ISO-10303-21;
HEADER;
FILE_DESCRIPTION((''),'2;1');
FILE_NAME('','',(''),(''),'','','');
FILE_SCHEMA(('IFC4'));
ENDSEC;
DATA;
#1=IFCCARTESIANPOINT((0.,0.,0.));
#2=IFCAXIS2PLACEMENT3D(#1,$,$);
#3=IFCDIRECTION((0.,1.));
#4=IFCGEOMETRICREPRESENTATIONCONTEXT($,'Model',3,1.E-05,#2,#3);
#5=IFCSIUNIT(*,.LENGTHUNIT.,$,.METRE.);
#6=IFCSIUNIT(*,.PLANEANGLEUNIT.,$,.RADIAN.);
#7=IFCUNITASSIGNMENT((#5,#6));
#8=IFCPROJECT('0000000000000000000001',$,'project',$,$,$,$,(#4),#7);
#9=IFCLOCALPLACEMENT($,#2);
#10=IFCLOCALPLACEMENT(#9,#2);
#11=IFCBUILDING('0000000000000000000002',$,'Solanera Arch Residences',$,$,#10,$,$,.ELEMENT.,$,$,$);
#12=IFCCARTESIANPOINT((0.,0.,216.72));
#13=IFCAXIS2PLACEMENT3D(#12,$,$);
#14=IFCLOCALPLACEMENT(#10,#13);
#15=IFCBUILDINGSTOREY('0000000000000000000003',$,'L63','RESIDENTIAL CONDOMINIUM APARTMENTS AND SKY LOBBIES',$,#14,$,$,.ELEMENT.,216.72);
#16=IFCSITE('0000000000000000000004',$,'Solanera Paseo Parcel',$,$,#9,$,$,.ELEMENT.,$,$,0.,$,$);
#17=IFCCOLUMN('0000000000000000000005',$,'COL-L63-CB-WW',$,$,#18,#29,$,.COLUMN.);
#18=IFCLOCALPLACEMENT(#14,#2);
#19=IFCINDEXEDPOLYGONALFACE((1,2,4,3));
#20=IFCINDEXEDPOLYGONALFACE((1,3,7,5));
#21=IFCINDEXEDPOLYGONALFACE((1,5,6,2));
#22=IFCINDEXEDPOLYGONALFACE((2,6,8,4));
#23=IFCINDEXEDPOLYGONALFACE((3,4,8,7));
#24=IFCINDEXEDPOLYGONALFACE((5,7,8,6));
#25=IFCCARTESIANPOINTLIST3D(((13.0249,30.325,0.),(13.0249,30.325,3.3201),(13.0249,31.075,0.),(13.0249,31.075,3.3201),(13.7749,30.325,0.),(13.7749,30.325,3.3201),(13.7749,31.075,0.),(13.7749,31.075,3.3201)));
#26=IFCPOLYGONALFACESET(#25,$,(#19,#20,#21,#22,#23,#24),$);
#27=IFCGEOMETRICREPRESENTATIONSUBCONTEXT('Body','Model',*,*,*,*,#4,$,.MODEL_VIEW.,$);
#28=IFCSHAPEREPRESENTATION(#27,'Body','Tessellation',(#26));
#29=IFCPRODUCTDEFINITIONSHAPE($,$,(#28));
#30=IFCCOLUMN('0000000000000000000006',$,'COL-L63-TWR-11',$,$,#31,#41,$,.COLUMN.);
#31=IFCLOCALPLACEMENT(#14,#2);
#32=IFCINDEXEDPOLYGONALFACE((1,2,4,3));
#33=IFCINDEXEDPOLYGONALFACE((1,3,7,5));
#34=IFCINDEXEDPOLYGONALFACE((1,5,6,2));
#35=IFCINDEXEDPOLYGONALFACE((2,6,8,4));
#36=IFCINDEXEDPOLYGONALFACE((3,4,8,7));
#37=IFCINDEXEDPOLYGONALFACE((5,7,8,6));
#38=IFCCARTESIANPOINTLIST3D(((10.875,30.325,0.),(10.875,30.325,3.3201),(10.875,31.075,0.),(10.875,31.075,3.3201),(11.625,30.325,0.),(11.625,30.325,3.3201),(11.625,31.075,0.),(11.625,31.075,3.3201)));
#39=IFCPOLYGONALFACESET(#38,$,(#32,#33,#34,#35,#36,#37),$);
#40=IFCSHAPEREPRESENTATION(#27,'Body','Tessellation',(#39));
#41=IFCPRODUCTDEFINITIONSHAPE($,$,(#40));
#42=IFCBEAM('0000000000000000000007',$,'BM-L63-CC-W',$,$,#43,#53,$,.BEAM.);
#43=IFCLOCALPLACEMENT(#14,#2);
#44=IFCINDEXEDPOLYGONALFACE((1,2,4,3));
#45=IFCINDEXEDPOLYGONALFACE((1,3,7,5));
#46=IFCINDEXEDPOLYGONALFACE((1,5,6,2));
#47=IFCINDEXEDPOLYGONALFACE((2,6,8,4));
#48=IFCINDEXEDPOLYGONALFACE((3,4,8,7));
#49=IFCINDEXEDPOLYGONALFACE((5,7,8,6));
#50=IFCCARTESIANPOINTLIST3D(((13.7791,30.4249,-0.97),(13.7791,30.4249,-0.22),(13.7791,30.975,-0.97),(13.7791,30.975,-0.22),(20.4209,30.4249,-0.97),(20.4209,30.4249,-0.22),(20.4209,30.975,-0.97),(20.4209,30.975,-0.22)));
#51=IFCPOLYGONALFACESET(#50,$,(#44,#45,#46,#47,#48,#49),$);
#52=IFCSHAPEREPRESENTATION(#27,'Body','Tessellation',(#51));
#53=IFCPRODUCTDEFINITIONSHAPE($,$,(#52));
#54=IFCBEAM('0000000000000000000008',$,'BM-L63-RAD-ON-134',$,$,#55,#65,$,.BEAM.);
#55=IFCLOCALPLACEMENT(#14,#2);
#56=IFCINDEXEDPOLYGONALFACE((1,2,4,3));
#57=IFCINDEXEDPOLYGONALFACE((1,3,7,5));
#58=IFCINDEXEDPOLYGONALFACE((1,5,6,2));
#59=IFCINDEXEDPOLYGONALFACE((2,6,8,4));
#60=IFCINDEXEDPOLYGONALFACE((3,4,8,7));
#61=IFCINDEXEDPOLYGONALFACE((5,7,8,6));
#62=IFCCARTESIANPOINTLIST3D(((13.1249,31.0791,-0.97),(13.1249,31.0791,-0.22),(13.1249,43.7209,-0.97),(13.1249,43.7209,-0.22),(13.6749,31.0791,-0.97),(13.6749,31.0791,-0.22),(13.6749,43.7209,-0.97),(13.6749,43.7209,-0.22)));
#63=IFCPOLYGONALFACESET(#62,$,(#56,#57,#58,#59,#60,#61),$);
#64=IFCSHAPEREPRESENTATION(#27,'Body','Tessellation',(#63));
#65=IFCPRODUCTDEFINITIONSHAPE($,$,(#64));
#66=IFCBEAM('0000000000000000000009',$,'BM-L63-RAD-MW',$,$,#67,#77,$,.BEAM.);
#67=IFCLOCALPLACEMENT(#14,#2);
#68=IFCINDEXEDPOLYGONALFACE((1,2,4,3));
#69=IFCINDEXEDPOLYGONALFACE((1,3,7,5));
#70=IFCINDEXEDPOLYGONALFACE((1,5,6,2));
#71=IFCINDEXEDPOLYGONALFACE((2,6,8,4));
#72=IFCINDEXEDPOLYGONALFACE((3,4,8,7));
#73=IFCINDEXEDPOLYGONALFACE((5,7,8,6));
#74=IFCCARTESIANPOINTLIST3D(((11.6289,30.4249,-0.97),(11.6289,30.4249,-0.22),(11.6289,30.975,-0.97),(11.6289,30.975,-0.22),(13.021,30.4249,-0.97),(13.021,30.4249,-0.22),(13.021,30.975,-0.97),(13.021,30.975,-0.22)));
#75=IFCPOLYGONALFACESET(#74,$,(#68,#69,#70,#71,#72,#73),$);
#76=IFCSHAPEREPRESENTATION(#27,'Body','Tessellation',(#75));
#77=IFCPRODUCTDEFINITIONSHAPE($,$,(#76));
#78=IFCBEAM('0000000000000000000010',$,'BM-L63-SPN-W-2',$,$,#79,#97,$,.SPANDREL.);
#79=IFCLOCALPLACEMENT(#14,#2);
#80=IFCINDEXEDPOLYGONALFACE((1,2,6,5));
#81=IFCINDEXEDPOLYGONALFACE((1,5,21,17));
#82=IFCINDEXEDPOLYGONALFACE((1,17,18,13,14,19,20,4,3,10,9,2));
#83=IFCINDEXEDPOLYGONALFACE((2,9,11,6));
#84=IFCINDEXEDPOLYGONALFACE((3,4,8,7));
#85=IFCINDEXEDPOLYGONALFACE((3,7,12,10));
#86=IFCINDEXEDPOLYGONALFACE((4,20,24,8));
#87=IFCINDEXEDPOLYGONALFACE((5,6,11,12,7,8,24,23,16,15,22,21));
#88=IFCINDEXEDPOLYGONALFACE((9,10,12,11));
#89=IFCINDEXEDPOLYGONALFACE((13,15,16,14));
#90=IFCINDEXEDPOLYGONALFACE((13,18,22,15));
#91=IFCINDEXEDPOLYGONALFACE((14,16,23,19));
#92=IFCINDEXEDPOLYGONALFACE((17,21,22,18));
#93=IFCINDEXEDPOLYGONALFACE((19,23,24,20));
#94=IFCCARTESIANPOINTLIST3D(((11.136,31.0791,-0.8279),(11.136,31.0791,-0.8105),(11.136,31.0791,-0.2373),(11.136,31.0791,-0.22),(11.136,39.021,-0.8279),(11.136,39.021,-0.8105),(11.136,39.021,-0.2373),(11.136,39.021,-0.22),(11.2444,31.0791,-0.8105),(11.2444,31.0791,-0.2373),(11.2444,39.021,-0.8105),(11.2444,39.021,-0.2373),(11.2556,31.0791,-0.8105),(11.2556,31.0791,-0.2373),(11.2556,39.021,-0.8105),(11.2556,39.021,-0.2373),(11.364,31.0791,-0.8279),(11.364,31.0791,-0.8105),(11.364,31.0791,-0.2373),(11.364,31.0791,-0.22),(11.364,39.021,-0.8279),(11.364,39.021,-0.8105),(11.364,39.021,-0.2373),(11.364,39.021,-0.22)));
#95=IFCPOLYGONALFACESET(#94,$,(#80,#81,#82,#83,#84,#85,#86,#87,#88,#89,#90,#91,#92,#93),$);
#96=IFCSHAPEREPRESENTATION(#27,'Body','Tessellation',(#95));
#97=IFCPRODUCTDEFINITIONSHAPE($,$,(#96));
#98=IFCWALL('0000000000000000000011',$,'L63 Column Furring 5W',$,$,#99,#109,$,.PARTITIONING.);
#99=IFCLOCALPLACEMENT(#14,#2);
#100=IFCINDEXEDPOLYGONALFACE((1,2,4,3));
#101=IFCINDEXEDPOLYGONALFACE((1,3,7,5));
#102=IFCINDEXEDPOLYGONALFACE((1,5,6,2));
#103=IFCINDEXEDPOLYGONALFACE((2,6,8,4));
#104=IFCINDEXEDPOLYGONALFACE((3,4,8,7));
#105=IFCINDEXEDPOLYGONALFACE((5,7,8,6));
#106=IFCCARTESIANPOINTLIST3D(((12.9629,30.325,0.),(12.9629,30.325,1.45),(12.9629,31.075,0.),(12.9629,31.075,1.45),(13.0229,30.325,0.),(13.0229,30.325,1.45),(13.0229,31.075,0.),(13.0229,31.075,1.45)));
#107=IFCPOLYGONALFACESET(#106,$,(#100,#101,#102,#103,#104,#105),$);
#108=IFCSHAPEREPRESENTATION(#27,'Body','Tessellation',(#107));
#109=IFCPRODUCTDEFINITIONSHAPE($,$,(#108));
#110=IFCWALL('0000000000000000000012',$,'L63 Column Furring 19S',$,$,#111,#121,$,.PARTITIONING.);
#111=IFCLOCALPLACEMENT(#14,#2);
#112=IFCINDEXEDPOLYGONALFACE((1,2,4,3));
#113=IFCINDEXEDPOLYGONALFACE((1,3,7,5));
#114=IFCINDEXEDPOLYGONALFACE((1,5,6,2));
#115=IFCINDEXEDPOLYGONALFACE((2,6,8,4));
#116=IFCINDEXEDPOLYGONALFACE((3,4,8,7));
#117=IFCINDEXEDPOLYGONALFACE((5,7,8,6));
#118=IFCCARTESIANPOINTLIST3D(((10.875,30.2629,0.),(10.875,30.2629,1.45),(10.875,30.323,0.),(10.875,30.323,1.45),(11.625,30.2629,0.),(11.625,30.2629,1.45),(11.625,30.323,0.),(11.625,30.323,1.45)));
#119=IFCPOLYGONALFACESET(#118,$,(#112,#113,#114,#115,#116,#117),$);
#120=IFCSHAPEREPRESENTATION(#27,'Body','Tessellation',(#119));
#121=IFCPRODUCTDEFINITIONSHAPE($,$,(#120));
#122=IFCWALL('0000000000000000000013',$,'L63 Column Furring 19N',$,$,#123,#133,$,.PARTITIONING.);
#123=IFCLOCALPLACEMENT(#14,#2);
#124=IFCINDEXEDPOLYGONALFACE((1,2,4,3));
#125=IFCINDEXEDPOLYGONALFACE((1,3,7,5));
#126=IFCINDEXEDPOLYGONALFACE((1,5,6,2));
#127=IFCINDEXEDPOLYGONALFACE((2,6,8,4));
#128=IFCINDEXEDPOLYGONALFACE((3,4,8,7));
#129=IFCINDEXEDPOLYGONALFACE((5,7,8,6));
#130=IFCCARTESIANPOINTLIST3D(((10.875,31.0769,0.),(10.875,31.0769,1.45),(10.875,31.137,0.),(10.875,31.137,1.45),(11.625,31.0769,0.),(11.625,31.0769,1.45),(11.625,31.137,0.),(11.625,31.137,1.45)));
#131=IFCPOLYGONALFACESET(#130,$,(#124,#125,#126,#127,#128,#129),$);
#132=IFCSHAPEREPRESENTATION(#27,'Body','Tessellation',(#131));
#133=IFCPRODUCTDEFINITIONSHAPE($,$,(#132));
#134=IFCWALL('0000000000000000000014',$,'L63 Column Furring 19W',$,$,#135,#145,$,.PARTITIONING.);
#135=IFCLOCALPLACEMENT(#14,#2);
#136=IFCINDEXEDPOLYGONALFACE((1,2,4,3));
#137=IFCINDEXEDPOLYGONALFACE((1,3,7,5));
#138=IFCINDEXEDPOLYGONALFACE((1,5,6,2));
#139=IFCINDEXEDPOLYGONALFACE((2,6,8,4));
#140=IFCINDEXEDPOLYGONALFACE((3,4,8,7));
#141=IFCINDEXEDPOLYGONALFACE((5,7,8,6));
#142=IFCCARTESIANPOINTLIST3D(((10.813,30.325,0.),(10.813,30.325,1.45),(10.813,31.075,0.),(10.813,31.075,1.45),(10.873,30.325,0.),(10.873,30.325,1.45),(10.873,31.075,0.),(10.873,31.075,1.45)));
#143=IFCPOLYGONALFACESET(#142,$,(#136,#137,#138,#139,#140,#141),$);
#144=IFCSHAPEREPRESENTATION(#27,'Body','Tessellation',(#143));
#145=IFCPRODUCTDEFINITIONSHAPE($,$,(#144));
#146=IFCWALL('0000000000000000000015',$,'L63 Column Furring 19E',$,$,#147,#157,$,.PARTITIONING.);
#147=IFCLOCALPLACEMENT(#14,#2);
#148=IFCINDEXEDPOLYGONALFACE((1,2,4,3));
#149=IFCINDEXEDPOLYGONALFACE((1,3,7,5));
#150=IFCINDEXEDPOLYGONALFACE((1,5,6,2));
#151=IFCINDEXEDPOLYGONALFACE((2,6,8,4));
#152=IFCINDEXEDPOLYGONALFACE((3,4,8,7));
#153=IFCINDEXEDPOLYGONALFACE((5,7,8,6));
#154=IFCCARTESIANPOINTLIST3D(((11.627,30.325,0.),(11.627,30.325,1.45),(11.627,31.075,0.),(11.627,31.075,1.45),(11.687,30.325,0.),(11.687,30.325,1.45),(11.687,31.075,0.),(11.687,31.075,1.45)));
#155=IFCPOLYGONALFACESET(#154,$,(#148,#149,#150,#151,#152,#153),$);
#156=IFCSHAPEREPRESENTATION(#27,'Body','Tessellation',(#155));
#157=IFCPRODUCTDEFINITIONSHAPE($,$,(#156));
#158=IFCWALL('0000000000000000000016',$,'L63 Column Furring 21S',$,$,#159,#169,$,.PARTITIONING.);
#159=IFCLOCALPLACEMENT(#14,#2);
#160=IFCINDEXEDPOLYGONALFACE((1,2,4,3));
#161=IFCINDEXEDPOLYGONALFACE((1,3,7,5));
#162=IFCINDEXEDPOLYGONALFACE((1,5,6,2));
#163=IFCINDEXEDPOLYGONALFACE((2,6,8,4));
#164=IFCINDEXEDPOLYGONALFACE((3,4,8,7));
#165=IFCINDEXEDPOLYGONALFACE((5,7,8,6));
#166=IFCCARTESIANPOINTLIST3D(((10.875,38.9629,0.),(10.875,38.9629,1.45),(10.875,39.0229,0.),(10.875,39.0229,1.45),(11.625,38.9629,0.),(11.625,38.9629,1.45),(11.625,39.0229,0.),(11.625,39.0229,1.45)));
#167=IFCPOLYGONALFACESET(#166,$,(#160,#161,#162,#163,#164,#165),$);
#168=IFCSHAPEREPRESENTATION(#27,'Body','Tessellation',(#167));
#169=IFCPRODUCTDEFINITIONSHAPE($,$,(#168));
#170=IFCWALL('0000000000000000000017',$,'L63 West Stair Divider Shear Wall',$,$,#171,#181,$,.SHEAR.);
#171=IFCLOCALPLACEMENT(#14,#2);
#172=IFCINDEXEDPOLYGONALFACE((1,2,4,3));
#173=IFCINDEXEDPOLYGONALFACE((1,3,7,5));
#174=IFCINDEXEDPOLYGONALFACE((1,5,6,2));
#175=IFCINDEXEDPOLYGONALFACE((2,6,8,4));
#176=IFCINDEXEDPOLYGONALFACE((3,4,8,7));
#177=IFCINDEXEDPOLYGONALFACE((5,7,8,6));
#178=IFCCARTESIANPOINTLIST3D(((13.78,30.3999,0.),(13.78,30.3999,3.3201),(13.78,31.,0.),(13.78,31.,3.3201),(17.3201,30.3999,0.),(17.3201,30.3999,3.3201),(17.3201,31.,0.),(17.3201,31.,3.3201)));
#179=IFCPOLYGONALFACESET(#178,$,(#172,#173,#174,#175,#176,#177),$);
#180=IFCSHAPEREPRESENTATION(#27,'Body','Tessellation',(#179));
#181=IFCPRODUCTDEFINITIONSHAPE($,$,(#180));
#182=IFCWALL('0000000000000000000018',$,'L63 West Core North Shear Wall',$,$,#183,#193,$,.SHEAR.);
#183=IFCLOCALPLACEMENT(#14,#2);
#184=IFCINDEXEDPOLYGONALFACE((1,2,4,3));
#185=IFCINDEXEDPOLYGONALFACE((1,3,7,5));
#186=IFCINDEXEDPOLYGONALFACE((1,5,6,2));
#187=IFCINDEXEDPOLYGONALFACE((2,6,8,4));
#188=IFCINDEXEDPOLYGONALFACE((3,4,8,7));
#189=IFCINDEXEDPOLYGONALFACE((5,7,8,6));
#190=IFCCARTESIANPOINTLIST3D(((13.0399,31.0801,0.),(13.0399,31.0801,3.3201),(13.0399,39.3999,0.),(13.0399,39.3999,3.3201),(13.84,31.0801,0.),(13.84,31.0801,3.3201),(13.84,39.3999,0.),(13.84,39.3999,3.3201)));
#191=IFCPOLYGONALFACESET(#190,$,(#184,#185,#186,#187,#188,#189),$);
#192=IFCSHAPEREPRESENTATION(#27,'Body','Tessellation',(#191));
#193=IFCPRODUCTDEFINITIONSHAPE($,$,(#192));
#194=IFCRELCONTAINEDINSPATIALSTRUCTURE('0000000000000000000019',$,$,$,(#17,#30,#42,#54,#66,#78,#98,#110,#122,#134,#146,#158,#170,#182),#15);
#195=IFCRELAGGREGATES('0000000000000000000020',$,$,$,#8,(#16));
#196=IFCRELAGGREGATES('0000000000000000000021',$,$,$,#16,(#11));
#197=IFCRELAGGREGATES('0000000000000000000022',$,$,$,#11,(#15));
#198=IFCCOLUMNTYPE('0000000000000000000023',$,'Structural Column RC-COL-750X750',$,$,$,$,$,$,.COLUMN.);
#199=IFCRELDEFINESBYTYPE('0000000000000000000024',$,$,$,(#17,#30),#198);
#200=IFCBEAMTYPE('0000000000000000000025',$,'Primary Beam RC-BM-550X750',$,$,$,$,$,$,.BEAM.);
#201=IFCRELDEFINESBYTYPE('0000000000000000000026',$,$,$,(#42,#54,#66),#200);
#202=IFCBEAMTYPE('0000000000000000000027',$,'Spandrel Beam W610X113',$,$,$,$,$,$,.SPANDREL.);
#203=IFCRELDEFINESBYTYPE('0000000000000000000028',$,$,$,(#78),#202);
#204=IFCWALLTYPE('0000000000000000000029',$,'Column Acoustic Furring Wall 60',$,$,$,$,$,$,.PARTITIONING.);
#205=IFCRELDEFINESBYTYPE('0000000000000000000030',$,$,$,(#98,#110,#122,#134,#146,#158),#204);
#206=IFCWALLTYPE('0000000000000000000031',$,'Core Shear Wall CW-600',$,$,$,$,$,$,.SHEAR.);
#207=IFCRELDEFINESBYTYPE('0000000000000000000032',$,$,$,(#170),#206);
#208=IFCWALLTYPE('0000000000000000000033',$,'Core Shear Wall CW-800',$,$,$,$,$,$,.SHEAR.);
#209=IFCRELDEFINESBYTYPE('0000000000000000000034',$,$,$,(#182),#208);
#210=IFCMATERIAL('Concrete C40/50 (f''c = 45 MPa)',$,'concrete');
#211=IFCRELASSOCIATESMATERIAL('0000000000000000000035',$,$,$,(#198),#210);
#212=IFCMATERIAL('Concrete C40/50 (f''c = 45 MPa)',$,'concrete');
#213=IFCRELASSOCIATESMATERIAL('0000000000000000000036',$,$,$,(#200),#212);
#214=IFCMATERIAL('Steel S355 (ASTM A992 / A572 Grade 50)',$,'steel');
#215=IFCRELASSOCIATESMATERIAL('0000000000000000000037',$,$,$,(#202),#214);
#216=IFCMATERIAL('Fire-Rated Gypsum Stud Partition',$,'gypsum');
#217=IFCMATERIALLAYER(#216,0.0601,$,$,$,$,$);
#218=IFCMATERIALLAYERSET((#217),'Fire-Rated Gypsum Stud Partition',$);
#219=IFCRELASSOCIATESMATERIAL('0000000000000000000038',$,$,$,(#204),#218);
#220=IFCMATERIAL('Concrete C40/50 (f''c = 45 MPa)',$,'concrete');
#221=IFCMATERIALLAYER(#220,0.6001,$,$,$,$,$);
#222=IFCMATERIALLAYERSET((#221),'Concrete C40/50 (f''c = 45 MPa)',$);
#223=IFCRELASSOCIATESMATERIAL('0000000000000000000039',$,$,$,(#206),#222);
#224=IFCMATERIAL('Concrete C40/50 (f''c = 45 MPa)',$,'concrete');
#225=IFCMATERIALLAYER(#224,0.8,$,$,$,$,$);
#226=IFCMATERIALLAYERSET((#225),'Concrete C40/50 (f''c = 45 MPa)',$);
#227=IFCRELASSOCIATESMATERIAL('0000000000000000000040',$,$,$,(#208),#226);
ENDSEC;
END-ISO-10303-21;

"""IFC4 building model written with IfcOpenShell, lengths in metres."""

from ifc_helpers import new_model, si_unit, direction, frame, frame_2d, origin, origin_2d, place, context, subcontext, project, spatial, rectangle, i_section, extrude, material, layer, layer_set, material_profile, profile_set, type_object, element, save


model = new_model("IFC4")

# Units and contexts
model_context = context("Model", 3, precision=1e-05, world=origin(), true_north=direction((0.0, 1.0)))
body_context = subcontext(model_context, "Body", "Model", "MODEL_VIEW")
ifc_project = project(units=[si_unit("LENGTHUNIT", "METRE"), si_unit("PLANEANGLEUNIT", "RADIAN")], contexts=[model_context])

# Site, building, storey
site_placement = place(None, origin())
site = spatial("IfcSite", under=ifc_project, at=site_placement, Name="Solanera Paseo Parcel", CompositionType="ELEMENT", RefElevation=0.0)
building_placement = place(site_placement, origin())
building = spatial("IfcBuilding", under=site, at=building_placement, Name="Solanera Arch Residences", CompositionType="ELEMENT")
storey_placement = place(building_placement, frame((0.0, 0.0, 216.72)))
storey = spatial("IfcBuildingStorey", under=building, at=storey_placement, Name="L63", Description="RESIDENTIAL CONDOMINIUM APARTMENTS AND SKY LOBBIES", CompositionType="ELEMENT", Elevation=216.72)

# Columns
ifc_material_1 = material(Name="Concrete C40/50 (f'c = 45 MPa)", Category="concrete")
ifc_material_profile_1 = material_profile(ifc_material_1, rectangle(XDim=0.75, YDim=0.75, at=origin_2d()))
ifc_profile_set_1 = profile_set([ifc_material_profile_1], Name="Concrete C40/50 (f'c = 45 MPa)")
column_type = type_object("IfcColumnType", Name="Structural Column RC-COL-750X750", PredefinedType="COLUMN", material=ifc_profile_set_1)
for number, where, z_axis, x_axis, name in (
    (1, (13.3999, 30.7, 0.0), (0.0, 0.0, 1.0), (1.0, 0.0, 0.0), "COL-L63-CB-WW"),
    (2, (11.25, 30.7, 0.0), (0.0, 0.0, 1.0), (1.0, 0.0, 0.0), "COL-L63-TWR-11"),
):
    element("IfcColumn", number, at=place(storey_placement, frame(where, z_axis=z_axis, x_axis=x_axis)), inside=storey, type_object=column_type, Name=name, PredefinedType="COLUMN", context=body_context, shape_type="SweptSolid", body=[
        extrude(rectangle(XDim=0.75, YDim=0.75, at=origin_2d()), origin(), (0.0, 0.0, 1.0), 3.3201),
    ])

# Beams
ifc_material_2 = material(Name="Concrete C40/50 (f'c = 45 MPa)", Category="concrete")
ifc_material_profile_2 = material_profile(ifc_material_2, rectangle(XDim=0.55, YDim=0.75, at=origin_2d()))
ifc_profile_set_2 = profile_set([ifc_material_profile_2], Name="Concrete C40/50 (f'c = 45 MPa)")
beam_type_1 = type_object("IfcBeamType", Name="Primary Beam RC-BM-550X750", PredefinedType="BEAM", material=ifc_profile_set_2)
beam_1_placement = place(storey_placement, frame((13.7791, 30.7, -0.595), z_axis=(1.0, 0.0, 0.0), x_axis=(0.0, 1.0, 0.0)))
element("IfcBeam", 3, at=beam_1_placement, inside=storey, type_object=beam_type_1, Name="BM-L63-CC-W", PredefinedType="BEAM", context=body_context, shape_type="SweptSolid", body=[
    extrude(rectangle(XDim=0.55, YDim=0.75, at=origin_2d()), origin(), (0.0, 0.0, 1.0), 6.6418),
])
beam_2_placement = place(storey_placement, frame((13.3999, 31.0791, -0.595), z_axis=(0.0, 1.0, 0.0), x_axis=(-1.0, 0.0, 0.0)))
element("IfcBeam", 4, at=beam_2_placement, inside=storey, type_object=beam_type_1, Name="BM-L63-RAD-ON-134", PredefinedType="BEAM", context=body_context, shape_type="SweptSolid", body=[
    extrude(rectangle(XDim=0.55, YDim=0.75, at=origin_2d()), origin(), (0.0, 0.0, 1.0), 12.6418),
])
beam_3_placement = place(storey_placement, frame((11.6289, 30.7, -0.595), z_axis=(1.0, 0.0, 0.0), x_axis=(0.0, 1.0, 0.0)))
element("IfcBeam", 5, at=beam_3_placement, inside=storey, type_object=beam_type_1, Name="BM-L63-RAD-MW", PredefinedType="BEAM", context=body_context, shape_type="SweptSolid", body=[
    extrude(rectangle(XDim=0.55, YDim=0.75, at=origin_2d()), origin(), (0.0, 0.0, 1.0), 1.3921),
])
ifc_material_3 = material(Name="Steel S355 (ASTM A992 / A572 Grade 50)", Category="steel")
ifc_material_profile_3 = material_profile(ifc_material_3, i_section(OverallWidth=0.228, OverallDepth=0.6079, WebThickness=0.0112, FlangeThickness=0.0173, at=origin_2d()))
ifc_profile_set_3 = profile_set([ifc_material_profile_3], Name="Steel S355 (ASTM A992 / A572 Grade 50)")
beam_type_2 = type_object("IfcBeamType", Name="Spandrel Beam W610X113", PredefinedType="SPANDREL", material=ifc_profile_set_3)
beam_4_placement = place(storey_placement, frame((11.25, 31.0791, -0.5239), z_axis=(0.0, 1.0, 0.0), x_axis=(-1.0, 0.0, 0.0)))
element("IfcBeam", 6, at=beam_4_placement, inside=storey, type_object=beam_type_2, Name="BM-L63-SPN-W-2", PredefinedType="SPANDREL", context=body_context, shape_type="SweptSolid", body=[
    extrude(i_section(OverallWidth=0.228, OverallDepth=0.6079, WebThickness=0.0112, FlangeThickness=0.0173, at=origin_2d()), origin(), (0.0, 0.0, 1.0), 7.9419),
])

# Walls
ifc_material_4 = material(Name="Fire-Rated Gypsum Stud Partition", Category="gypsum")
ifc_layer_1 = layer(ifc_material_4, 0.0601)
ifc_layer_set_1 = layer_set([ifc_layer_1], Name="Fire-Rated Gypsum Stud Partition")
wall_type_1 = type_object("IfcWallType", Name="Column Acoustic Furring Wall 60", PredefinedType="PARTITIONING", material=ifc_layer_set_1)
for number, where, z_axis, x_axis, name in (
    (7, (12.9929, 30.325, 0.0), (0.0, 0.0, 1.0), (0.0, 1.0, 0.0), "L63 Column Furring 5W"),
    (8, (10.875, 30.293, 0.0), (0.0, 0.0, 1.0), (1.0, 0.0, 0.0), "L63 Column Furring 19S"),
    (9, (10.875, 31.1069, 0.0), (0.0, 0.0, 1.0), (1.0, 0.0, 0.0), "L63 Column Furring 19N"),
    (10, (10.843, 30.325, 0.0), (0.0, 0.0, 1.0), (0.0, 1.0, 0.0), "L63 Column Furring 19W"),
    (11, (11.657, 30.325, 0.0), (0.0, 0.0, 1.0), (0.0, 1.0, 0.0), "L63 Column Furring 19E"),
    (12, (10.875, 38.9929, 0.0), (0.0, 0.0, 1.0), (1.0, 0.0, 0.0), "L63 Column Furring 21S"),
):
    element("IfcWall", number, at=place(storey_placement, frame(where, z_axis=z_axis, x_axis=x_axis)), inside=storey, type_object=wall_type_1, Name=name, PredefinedType="PARTITIONING", context=body_context, shape_type="SweptSolid", body=[
        extrude(rectangle(XDim=0.75, YDim=0.0601, at=frame_2d((0.375, 0.0))), origin(), (0.0, 0.0, 1.0), 1.45),
    ])
ifc_material_5 = material(Name="Concrete C40/50 (f'c = 45 MPa)", Category="concrete")
ifc_layer_2 = layer(ifc_material_5, 0.6001)
ifc_layer_set_2 = layer_set([ifc_layer_2], Name="Concrete C40/50 (f'c = 45 MPa)")
wall_type_2 = type_object("IfcWallType", Name="Core Shear Wall CW-600", PredefinedType="SHEAR", material=ifc_layer_set_2)
wall_1_placement = place(storey_placement, frame((13.78, 30.7, 0.0), z_axis=(0.0, 0.0, 1.0), x_axis=(1.0, 0.0, 0.0)))
element("IfcWall", 13, at=wall_1_placement, inside=storey, type_object=wall_type_2, Name="L63 West Stair Divider Shear Wall", PredefinedType="SHEAR", context=body_context, shape_type="SweptSolid", body=[
    extrude(rectangle(XDim=3.54, YDim=0.6001, at=frame_2d((1.77, 0.0))), origin(), (0.0, 0.0, 1.0), 3.3201),
])
ifc_material_6 = material(Name="Concrete C40/50 (f'c = 45 MPa)", Category="concrete")
ifc_layer_3 = layer(ifc_material_6, 0.8)
ifc_layer_set_3 = layer_set([ifc_layer_3], Name="Concrete C40/50 (f'c = 45 MPa)")
wall_type_3 = type_object("IfcWallType", Name="Core Shear Wall CW-800", PredefinedType="SHEAR", material=ifc_layer_set_3)
wall_2_placement = place(storey_placement, frame((13.4399, 31.0801, 0.0), z_axis=(0.0, 0.0, 1.0), x_axis=(0.0, 1.0, 0.0)))
element("IfcWall", 14, at=wall_2_placement, inside=storey, type_object=wall_type_3, Name="L63 West Core North Shear Wall", PredefinedType="SHEAR", context=body_context, shape_type="SweptSolid", body=[
    extrude(rectangle(XDim=8.3198, YDim=0.8, at=frame_2d((4.1599, 0.0))), origin(), (0.0, 0.0, 1.0), 3.3201),
])

save(model, "model.ifc")
